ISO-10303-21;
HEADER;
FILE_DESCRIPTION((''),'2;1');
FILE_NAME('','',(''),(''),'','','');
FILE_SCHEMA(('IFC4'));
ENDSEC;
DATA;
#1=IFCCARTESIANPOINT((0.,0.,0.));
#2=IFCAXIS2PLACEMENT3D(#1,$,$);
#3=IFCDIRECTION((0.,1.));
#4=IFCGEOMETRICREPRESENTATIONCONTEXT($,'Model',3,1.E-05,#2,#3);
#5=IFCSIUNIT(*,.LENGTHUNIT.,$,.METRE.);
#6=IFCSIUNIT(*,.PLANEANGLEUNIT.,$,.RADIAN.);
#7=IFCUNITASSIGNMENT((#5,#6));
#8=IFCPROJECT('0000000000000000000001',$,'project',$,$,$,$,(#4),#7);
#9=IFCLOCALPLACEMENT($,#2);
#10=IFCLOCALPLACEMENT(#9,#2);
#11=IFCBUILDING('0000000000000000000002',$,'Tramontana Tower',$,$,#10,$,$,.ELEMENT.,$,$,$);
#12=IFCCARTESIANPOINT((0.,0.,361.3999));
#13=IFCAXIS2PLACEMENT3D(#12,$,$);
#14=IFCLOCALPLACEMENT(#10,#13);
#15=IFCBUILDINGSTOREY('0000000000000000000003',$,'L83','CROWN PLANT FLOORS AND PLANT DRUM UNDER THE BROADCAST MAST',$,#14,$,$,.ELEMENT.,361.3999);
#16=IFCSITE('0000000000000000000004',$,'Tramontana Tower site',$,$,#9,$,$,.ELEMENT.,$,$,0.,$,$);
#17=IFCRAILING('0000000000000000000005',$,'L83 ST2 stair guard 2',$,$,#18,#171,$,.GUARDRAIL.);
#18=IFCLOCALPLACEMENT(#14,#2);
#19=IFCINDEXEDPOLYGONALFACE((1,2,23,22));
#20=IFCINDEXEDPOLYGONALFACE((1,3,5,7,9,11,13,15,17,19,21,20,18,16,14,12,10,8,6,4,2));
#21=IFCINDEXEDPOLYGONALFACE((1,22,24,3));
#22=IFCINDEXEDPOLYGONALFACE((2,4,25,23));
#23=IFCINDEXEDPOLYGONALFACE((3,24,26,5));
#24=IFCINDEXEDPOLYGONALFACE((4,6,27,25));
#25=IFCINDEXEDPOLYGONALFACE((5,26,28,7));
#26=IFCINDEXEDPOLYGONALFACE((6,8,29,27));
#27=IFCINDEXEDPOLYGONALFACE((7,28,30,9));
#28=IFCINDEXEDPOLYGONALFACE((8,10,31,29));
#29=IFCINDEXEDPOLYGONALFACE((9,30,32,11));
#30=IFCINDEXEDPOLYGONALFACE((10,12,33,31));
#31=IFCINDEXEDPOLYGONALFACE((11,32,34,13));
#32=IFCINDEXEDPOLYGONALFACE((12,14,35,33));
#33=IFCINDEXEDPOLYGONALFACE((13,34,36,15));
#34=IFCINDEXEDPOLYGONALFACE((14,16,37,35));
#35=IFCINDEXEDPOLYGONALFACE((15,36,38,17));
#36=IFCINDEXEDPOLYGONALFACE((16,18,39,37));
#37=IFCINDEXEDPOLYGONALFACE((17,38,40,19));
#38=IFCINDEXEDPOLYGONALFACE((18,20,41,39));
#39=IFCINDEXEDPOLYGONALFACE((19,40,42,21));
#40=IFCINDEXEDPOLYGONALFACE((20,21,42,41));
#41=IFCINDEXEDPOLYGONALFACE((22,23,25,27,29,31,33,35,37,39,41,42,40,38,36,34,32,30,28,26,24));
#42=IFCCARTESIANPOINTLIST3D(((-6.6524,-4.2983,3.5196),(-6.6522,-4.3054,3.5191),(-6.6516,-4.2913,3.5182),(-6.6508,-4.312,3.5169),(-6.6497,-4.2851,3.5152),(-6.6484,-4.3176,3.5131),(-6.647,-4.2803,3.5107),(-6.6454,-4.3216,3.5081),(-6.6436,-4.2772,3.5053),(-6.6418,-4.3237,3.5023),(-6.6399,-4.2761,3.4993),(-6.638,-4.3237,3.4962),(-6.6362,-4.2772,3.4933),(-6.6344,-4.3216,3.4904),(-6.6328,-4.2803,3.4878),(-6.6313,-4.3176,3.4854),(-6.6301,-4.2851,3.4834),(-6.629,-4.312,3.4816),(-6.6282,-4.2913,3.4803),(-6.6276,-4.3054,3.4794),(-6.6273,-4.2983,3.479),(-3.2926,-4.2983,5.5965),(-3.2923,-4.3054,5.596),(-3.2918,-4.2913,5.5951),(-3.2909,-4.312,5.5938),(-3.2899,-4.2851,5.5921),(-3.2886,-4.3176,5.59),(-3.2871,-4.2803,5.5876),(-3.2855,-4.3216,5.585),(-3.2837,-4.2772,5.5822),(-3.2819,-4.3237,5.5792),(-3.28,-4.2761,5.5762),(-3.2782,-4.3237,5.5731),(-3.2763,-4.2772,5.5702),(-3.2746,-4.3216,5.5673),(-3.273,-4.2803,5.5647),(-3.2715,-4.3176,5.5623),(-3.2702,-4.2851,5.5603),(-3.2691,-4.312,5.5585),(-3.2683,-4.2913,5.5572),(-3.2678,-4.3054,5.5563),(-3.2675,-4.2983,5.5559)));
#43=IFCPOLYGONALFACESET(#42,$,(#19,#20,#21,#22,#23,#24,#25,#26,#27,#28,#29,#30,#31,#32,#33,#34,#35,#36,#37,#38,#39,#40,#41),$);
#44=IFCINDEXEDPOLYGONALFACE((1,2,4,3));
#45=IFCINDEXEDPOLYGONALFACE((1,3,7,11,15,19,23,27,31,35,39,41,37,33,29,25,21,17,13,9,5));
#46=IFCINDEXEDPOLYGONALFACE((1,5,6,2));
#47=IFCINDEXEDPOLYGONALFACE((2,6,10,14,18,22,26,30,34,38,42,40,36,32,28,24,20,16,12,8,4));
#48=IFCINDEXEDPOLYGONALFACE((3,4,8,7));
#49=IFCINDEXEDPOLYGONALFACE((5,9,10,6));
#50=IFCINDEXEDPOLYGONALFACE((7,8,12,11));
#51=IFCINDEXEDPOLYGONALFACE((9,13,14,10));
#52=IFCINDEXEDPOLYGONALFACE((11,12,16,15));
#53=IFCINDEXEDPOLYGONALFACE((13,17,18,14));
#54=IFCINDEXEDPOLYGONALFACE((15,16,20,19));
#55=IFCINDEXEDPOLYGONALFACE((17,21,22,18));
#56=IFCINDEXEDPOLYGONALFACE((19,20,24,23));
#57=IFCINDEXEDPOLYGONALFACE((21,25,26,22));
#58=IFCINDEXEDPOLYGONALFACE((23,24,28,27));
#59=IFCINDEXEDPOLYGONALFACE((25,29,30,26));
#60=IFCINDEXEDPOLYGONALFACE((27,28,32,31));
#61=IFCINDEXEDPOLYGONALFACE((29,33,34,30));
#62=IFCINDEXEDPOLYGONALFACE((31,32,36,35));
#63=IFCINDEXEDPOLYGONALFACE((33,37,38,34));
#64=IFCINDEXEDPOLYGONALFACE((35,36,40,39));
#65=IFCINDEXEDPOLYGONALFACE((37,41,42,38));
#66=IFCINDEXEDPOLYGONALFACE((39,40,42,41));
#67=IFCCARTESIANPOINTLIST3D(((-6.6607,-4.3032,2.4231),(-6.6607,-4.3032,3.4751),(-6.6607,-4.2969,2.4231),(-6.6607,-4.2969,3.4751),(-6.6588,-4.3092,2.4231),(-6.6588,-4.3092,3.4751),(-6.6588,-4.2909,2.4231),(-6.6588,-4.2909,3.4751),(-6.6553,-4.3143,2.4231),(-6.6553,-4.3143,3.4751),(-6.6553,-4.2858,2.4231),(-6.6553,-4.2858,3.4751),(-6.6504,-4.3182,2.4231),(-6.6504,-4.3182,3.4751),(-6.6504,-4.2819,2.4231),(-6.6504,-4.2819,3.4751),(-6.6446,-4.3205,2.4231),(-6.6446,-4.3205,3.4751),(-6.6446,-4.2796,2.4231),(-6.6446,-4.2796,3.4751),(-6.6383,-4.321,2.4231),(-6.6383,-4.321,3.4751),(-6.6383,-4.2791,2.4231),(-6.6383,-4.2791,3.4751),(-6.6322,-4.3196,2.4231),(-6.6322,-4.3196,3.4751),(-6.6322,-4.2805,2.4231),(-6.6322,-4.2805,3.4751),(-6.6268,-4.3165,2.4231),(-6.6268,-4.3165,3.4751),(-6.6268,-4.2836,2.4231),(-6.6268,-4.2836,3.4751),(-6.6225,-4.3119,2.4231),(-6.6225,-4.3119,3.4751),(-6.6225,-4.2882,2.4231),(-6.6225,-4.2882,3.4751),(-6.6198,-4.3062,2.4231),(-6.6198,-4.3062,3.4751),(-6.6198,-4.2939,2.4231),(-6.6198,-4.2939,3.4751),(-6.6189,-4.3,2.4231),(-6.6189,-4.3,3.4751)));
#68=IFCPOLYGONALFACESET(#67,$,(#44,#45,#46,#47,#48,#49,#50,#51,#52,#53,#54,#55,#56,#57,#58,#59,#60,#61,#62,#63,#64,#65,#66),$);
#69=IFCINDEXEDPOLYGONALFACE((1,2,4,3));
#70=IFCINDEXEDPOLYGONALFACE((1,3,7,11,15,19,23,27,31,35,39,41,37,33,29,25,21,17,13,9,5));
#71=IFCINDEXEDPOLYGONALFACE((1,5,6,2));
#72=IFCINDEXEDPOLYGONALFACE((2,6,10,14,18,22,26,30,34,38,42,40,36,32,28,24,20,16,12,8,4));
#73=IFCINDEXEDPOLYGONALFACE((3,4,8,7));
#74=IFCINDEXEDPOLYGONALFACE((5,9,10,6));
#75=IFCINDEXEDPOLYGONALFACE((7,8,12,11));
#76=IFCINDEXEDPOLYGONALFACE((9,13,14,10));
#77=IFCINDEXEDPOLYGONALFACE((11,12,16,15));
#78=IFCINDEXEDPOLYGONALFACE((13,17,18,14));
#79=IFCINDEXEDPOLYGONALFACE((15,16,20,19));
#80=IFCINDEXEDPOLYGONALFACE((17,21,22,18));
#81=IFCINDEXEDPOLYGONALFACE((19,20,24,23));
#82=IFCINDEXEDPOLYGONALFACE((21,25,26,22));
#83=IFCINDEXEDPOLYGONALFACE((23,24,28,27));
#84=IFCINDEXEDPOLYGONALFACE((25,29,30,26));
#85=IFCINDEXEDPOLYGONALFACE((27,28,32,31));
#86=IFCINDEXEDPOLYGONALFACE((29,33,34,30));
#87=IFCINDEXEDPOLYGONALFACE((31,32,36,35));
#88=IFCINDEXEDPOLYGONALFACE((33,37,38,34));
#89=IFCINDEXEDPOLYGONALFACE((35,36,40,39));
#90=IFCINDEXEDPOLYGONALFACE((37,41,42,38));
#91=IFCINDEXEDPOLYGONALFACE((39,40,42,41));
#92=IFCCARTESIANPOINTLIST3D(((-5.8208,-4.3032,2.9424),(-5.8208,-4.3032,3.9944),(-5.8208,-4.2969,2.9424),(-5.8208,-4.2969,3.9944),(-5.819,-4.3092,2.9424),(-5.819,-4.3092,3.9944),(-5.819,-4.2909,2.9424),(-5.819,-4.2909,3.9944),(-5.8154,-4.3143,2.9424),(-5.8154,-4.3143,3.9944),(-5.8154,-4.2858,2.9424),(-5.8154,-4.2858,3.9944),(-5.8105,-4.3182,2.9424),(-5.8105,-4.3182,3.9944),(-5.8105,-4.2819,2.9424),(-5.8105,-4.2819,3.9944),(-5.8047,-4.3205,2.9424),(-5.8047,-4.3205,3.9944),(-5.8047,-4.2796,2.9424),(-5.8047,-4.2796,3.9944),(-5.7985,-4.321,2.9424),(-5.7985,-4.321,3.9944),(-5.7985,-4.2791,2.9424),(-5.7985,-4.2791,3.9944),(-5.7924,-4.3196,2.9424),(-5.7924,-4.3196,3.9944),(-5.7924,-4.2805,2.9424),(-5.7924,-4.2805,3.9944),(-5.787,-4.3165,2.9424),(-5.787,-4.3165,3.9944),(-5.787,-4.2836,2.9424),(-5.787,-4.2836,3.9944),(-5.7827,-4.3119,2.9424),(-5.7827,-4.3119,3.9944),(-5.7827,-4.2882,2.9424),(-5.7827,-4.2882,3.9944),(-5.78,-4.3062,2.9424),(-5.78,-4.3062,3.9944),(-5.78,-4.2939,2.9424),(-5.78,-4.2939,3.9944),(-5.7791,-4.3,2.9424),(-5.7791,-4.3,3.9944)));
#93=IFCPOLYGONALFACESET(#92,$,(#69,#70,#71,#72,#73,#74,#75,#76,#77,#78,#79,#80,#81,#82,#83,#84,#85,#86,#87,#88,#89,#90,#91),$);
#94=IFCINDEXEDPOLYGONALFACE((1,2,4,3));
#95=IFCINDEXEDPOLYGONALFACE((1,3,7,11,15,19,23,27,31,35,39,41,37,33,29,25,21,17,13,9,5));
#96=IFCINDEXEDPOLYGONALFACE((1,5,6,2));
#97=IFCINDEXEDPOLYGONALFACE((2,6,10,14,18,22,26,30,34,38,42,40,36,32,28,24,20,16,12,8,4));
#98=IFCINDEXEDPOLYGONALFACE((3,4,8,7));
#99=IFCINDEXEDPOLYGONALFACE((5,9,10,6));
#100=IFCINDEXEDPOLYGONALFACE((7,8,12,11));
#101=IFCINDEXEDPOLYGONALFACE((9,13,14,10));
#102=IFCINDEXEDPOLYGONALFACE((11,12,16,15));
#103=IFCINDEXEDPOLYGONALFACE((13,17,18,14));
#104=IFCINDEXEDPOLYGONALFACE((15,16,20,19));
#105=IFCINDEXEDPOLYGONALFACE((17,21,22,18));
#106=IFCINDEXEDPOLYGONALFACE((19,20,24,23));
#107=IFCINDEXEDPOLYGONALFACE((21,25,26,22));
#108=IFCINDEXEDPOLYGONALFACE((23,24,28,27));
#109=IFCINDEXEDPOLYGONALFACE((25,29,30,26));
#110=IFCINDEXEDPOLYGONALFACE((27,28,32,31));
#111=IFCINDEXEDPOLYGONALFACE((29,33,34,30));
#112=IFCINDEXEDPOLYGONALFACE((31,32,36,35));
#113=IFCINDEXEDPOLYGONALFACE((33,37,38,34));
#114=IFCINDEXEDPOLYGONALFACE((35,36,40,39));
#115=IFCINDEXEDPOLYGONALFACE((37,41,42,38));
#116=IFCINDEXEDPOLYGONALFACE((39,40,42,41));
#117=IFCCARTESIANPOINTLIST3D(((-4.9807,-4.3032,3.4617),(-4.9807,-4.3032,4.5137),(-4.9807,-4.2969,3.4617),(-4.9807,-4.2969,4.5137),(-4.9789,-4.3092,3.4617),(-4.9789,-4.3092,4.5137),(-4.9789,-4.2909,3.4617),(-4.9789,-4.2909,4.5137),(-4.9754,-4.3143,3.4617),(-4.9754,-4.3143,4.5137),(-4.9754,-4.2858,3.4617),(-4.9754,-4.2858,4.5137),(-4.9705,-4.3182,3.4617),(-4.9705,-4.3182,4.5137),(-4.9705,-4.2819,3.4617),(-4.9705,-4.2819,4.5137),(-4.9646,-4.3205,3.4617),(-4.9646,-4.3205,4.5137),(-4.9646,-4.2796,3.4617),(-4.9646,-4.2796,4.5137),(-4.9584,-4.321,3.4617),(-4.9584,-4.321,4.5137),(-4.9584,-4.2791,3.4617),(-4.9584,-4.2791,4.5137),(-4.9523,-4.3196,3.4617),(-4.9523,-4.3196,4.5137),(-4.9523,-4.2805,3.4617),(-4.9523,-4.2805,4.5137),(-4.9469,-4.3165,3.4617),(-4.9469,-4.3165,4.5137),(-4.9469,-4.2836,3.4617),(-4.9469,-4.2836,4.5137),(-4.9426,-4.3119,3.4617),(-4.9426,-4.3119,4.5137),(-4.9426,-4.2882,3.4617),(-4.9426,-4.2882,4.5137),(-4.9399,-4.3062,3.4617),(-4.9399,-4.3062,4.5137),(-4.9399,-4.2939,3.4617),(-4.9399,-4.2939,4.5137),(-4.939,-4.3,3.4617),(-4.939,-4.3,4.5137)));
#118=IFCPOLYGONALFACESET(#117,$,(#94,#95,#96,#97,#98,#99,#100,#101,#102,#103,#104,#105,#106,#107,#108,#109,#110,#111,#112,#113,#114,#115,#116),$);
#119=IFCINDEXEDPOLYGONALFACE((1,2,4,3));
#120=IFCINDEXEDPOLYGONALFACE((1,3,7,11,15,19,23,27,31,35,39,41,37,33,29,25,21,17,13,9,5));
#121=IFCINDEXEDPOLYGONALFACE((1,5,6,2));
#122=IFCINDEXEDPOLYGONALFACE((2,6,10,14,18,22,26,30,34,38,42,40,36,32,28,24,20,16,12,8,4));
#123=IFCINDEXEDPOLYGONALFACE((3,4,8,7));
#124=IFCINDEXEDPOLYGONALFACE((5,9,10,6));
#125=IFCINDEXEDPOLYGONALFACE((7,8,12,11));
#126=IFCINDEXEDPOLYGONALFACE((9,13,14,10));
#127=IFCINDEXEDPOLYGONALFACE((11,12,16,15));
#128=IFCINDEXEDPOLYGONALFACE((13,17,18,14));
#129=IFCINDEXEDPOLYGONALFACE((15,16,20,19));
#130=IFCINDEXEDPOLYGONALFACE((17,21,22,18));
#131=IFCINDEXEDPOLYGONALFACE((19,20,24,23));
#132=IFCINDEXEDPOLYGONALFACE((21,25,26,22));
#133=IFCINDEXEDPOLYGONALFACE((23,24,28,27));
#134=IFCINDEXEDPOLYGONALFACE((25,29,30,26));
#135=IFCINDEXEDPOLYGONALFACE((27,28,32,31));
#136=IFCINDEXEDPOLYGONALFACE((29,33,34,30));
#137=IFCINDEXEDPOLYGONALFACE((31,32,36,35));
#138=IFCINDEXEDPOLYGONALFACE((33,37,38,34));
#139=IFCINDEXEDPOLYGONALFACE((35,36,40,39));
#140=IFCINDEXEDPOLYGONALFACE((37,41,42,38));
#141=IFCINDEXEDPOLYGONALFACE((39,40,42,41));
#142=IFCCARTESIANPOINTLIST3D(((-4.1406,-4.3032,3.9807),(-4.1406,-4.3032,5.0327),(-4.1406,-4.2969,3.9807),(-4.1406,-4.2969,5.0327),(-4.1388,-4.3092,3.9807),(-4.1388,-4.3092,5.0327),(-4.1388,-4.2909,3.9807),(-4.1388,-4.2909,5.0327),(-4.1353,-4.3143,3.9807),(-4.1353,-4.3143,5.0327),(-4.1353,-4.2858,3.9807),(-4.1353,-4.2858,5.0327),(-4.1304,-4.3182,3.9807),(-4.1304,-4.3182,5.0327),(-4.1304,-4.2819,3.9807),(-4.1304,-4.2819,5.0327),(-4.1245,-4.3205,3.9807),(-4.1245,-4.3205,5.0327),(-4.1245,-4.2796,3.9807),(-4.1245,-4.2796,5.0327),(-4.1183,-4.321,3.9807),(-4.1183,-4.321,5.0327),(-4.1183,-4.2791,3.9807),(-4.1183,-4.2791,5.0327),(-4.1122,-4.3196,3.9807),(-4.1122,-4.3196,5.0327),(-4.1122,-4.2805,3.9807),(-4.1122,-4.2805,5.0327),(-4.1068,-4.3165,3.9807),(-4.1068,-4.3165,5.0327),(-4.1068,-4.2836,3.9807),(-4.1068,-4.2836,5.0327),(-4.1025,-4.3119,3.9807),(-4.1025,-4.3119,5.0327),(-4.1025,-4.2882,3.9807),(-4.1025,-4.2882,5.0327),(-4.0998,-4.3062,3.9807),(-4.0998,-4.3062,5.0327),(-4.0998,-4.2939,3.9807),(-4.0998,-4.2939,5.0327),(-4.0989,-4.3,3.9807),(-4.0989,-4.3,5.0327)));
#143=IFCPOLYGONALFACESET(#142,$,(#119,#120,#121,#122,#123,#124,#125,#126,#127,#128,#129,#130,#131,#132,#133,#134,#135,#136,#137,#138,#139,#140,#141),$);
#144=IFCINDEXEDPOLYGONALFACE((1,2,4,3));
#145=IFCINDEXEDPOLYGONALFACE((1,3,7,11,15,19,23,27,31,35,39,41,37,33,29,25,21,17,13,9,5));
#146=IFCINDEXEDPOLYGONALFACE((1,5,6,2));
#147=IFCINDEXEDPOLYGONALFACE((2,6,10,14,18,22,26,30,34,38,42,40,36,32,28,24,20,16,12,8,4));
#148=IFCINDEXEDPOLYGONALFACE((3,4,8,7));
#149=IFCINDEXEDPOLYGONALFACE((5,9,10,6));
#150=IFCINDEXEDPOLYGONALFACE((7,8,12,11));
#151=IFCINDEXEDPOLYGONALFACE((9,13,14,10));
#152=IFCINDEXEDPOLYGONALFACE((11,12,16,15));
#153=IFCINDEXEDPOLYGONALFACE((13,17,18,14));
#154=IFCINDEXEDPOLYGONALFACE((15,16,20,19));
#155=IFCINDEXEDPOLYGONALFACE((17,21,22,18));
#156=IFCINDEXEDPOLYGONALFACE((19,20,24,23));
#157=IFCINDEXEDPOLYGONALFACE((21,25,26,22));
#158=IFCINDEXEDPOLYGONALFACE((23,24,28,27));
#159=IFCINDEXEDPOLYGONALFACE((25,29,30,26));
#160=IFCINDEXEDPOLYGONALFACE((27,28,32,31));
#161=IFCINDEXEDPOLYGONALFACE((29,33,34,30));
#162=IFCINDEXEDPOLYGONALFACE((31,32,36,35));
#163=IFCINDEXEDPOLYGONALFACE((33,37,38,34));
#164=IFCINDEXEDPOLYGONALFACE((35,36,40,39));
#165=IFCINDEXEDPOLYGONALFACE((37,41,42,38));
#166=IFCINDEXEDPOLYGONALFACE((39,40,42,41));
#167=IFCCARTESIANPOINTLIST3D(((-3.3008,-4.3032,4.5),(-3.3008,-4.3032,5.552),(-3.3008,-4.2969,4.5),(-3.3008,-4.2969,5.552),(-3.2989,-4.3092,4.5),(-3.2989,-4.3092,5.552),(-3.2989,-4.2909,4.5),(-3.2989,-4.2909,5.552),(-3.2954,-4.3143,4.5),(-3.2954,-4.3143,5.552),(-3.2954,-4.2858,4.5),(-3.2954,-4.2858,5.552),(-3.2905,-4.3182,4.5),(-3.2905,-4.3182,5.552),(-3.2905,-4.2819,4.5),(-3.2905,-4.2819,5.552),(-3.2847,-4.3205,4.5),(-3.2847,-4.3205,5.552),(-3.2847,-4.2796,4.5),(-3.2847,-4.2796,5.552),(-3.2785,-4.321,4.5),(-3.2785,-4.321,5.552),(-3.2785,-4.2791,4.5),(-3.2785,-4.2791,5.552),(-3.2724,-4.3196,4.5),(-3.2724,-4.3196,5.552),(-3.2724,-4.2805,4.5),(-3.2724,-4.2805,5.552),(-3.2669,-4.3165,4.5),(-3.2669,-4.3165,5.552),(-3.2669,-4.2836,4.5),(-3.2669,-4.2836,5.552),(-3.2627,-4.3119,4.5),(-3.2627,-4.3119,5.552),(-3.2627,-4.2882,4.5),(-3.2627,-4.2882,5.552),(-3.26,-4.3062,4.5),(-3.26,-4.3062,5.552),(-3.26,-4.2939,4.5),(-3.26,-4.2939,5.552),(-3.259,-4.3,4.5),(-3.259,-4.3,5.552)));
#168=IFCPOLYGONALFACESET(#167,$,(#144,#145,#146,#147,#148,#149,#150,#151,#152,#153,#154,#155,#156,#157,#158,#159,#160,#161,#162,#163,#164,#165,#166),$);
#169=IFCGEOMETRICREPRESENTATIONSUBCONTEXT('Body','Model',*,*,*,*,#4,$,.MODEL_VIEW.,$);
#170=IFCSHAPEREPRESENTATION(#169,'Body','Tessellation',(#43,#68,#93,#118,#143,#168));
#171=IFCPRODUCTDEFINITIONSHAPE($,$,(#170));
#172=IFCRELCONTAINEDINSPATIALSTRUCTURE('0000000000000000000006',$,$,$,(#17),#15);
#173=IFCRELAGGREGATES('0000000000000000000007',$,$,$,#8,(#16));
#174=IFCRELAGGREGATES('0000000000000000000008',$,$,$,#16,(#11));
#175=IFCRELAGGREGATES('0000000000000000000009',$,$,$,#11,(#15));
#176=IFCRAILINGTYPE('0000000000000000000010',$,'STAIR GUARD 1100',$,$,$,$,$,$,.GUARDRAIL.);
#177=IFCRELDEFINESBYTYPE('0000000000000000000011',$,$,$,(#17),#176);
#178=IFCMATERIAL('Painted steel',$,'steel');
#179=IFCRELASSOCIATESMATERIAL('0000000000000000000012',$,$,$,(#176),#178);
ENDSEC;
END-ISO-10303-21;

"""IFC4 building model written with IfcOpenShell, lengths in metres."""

from ifc_helpers import new_model, si_unit, direction, frame, origin, origin_2d, place, context, subcontext, project, spatial, circle, extrude, material, type_object, element, save


model = new_model("IFC4")

# Units and contexts
model_context = context("Model", 3, precision=1e-05, world=origin(), true_north=direction((0.0, 1.0)))
body_context = subcontext(model_context, "Body", "Model", "MODEL_VIEW")
ifc_project = project(units=[si_unit("LENGTHUNIT", "METRE"), si_unit("PLANEANGLEUNIT", "RADIAN")], contexts=[model_context])

# Site, building, storey
site_placement = place(None, origin())
site = spatial("IfcSite", under=ifc_project, at=site_placement, Name="Tramontana Tower site", CompositionType="ELEMENT", RefElevation=0.0)
building_placement = place(site_placement, origin())
building = spatial("IfcBuilding", under=site, at=building_placement, Name="Tramontana Tower", CompositionType="ELEMENT")
storey_placement = place(building_placement, frame((0.0, 0.0, 361.3999)))
storey = spatial("IfcBuildingStorey", under=building, at=storey_placement, Name="L83", Description="CROWN PLANT FLOORS AND PLANT DRUM UNDER THE BROADCAST MAST", CompositionType="ELEMENT", Elevation=361.3999)

# Railing
ifc_material_1 = material(Name="Painted steel", Category="steel")
railing_type_1 = type_object("IfcRailingType", Name="STAIR GUARD 1100", PredefinedType="GUARDRAIL", material=ifc_material_1)
railing_1_placement = place(storey_placement, frame((-6.6399, -4.3, 2.4231)))
element("IfcRailing", 1, at=railing_1_placement, inside=storey, type_object=railing_type_1, Name="L83 ST2 stair guard 2", PredefinedType="GUARDRAIL", context=body_context, shape_type="SweptSolid", body=[
    extrude(circle(Radius=0.0239, at=origin_2d()), frame((0.0, 0.0, 1.0762), z_axis=(0.850606, 0.0, 0.525803), x_axis=(0.0, 1.0, 0.0)), (0.0, 0.0, 1.0), 3.95),
    extrude(circle(Radius=0.021, at=origin_2d()), origin(), (0.0, 0.0, 1.0), 1.052),
    extrude(circle(Radius=0.021, at=origin_2d()), frame((0.8398, 0.0, 0.5193)), (0.0, 0.0, 1.0), 1.052),
    extrude(circle(Radius=0.021, at=origin_2d()), frame((1.6799, 0.0, 1.0386)), (0.0, 0.0, 1.0), 1.052),
    extrude(circle(Radius=0.021, at=origin_2d()), frame((2.52, 0.0, 1.5576)), (0.0, 0.0, 1.0), 1.052),
    extrude(circle(Radius=0.021, at=origin_2d()), frame((3.3599, 0.0, 2.0769)), (0.0, 0.0, 1.0), 1.052),
])

save(model, "model.ifc")
